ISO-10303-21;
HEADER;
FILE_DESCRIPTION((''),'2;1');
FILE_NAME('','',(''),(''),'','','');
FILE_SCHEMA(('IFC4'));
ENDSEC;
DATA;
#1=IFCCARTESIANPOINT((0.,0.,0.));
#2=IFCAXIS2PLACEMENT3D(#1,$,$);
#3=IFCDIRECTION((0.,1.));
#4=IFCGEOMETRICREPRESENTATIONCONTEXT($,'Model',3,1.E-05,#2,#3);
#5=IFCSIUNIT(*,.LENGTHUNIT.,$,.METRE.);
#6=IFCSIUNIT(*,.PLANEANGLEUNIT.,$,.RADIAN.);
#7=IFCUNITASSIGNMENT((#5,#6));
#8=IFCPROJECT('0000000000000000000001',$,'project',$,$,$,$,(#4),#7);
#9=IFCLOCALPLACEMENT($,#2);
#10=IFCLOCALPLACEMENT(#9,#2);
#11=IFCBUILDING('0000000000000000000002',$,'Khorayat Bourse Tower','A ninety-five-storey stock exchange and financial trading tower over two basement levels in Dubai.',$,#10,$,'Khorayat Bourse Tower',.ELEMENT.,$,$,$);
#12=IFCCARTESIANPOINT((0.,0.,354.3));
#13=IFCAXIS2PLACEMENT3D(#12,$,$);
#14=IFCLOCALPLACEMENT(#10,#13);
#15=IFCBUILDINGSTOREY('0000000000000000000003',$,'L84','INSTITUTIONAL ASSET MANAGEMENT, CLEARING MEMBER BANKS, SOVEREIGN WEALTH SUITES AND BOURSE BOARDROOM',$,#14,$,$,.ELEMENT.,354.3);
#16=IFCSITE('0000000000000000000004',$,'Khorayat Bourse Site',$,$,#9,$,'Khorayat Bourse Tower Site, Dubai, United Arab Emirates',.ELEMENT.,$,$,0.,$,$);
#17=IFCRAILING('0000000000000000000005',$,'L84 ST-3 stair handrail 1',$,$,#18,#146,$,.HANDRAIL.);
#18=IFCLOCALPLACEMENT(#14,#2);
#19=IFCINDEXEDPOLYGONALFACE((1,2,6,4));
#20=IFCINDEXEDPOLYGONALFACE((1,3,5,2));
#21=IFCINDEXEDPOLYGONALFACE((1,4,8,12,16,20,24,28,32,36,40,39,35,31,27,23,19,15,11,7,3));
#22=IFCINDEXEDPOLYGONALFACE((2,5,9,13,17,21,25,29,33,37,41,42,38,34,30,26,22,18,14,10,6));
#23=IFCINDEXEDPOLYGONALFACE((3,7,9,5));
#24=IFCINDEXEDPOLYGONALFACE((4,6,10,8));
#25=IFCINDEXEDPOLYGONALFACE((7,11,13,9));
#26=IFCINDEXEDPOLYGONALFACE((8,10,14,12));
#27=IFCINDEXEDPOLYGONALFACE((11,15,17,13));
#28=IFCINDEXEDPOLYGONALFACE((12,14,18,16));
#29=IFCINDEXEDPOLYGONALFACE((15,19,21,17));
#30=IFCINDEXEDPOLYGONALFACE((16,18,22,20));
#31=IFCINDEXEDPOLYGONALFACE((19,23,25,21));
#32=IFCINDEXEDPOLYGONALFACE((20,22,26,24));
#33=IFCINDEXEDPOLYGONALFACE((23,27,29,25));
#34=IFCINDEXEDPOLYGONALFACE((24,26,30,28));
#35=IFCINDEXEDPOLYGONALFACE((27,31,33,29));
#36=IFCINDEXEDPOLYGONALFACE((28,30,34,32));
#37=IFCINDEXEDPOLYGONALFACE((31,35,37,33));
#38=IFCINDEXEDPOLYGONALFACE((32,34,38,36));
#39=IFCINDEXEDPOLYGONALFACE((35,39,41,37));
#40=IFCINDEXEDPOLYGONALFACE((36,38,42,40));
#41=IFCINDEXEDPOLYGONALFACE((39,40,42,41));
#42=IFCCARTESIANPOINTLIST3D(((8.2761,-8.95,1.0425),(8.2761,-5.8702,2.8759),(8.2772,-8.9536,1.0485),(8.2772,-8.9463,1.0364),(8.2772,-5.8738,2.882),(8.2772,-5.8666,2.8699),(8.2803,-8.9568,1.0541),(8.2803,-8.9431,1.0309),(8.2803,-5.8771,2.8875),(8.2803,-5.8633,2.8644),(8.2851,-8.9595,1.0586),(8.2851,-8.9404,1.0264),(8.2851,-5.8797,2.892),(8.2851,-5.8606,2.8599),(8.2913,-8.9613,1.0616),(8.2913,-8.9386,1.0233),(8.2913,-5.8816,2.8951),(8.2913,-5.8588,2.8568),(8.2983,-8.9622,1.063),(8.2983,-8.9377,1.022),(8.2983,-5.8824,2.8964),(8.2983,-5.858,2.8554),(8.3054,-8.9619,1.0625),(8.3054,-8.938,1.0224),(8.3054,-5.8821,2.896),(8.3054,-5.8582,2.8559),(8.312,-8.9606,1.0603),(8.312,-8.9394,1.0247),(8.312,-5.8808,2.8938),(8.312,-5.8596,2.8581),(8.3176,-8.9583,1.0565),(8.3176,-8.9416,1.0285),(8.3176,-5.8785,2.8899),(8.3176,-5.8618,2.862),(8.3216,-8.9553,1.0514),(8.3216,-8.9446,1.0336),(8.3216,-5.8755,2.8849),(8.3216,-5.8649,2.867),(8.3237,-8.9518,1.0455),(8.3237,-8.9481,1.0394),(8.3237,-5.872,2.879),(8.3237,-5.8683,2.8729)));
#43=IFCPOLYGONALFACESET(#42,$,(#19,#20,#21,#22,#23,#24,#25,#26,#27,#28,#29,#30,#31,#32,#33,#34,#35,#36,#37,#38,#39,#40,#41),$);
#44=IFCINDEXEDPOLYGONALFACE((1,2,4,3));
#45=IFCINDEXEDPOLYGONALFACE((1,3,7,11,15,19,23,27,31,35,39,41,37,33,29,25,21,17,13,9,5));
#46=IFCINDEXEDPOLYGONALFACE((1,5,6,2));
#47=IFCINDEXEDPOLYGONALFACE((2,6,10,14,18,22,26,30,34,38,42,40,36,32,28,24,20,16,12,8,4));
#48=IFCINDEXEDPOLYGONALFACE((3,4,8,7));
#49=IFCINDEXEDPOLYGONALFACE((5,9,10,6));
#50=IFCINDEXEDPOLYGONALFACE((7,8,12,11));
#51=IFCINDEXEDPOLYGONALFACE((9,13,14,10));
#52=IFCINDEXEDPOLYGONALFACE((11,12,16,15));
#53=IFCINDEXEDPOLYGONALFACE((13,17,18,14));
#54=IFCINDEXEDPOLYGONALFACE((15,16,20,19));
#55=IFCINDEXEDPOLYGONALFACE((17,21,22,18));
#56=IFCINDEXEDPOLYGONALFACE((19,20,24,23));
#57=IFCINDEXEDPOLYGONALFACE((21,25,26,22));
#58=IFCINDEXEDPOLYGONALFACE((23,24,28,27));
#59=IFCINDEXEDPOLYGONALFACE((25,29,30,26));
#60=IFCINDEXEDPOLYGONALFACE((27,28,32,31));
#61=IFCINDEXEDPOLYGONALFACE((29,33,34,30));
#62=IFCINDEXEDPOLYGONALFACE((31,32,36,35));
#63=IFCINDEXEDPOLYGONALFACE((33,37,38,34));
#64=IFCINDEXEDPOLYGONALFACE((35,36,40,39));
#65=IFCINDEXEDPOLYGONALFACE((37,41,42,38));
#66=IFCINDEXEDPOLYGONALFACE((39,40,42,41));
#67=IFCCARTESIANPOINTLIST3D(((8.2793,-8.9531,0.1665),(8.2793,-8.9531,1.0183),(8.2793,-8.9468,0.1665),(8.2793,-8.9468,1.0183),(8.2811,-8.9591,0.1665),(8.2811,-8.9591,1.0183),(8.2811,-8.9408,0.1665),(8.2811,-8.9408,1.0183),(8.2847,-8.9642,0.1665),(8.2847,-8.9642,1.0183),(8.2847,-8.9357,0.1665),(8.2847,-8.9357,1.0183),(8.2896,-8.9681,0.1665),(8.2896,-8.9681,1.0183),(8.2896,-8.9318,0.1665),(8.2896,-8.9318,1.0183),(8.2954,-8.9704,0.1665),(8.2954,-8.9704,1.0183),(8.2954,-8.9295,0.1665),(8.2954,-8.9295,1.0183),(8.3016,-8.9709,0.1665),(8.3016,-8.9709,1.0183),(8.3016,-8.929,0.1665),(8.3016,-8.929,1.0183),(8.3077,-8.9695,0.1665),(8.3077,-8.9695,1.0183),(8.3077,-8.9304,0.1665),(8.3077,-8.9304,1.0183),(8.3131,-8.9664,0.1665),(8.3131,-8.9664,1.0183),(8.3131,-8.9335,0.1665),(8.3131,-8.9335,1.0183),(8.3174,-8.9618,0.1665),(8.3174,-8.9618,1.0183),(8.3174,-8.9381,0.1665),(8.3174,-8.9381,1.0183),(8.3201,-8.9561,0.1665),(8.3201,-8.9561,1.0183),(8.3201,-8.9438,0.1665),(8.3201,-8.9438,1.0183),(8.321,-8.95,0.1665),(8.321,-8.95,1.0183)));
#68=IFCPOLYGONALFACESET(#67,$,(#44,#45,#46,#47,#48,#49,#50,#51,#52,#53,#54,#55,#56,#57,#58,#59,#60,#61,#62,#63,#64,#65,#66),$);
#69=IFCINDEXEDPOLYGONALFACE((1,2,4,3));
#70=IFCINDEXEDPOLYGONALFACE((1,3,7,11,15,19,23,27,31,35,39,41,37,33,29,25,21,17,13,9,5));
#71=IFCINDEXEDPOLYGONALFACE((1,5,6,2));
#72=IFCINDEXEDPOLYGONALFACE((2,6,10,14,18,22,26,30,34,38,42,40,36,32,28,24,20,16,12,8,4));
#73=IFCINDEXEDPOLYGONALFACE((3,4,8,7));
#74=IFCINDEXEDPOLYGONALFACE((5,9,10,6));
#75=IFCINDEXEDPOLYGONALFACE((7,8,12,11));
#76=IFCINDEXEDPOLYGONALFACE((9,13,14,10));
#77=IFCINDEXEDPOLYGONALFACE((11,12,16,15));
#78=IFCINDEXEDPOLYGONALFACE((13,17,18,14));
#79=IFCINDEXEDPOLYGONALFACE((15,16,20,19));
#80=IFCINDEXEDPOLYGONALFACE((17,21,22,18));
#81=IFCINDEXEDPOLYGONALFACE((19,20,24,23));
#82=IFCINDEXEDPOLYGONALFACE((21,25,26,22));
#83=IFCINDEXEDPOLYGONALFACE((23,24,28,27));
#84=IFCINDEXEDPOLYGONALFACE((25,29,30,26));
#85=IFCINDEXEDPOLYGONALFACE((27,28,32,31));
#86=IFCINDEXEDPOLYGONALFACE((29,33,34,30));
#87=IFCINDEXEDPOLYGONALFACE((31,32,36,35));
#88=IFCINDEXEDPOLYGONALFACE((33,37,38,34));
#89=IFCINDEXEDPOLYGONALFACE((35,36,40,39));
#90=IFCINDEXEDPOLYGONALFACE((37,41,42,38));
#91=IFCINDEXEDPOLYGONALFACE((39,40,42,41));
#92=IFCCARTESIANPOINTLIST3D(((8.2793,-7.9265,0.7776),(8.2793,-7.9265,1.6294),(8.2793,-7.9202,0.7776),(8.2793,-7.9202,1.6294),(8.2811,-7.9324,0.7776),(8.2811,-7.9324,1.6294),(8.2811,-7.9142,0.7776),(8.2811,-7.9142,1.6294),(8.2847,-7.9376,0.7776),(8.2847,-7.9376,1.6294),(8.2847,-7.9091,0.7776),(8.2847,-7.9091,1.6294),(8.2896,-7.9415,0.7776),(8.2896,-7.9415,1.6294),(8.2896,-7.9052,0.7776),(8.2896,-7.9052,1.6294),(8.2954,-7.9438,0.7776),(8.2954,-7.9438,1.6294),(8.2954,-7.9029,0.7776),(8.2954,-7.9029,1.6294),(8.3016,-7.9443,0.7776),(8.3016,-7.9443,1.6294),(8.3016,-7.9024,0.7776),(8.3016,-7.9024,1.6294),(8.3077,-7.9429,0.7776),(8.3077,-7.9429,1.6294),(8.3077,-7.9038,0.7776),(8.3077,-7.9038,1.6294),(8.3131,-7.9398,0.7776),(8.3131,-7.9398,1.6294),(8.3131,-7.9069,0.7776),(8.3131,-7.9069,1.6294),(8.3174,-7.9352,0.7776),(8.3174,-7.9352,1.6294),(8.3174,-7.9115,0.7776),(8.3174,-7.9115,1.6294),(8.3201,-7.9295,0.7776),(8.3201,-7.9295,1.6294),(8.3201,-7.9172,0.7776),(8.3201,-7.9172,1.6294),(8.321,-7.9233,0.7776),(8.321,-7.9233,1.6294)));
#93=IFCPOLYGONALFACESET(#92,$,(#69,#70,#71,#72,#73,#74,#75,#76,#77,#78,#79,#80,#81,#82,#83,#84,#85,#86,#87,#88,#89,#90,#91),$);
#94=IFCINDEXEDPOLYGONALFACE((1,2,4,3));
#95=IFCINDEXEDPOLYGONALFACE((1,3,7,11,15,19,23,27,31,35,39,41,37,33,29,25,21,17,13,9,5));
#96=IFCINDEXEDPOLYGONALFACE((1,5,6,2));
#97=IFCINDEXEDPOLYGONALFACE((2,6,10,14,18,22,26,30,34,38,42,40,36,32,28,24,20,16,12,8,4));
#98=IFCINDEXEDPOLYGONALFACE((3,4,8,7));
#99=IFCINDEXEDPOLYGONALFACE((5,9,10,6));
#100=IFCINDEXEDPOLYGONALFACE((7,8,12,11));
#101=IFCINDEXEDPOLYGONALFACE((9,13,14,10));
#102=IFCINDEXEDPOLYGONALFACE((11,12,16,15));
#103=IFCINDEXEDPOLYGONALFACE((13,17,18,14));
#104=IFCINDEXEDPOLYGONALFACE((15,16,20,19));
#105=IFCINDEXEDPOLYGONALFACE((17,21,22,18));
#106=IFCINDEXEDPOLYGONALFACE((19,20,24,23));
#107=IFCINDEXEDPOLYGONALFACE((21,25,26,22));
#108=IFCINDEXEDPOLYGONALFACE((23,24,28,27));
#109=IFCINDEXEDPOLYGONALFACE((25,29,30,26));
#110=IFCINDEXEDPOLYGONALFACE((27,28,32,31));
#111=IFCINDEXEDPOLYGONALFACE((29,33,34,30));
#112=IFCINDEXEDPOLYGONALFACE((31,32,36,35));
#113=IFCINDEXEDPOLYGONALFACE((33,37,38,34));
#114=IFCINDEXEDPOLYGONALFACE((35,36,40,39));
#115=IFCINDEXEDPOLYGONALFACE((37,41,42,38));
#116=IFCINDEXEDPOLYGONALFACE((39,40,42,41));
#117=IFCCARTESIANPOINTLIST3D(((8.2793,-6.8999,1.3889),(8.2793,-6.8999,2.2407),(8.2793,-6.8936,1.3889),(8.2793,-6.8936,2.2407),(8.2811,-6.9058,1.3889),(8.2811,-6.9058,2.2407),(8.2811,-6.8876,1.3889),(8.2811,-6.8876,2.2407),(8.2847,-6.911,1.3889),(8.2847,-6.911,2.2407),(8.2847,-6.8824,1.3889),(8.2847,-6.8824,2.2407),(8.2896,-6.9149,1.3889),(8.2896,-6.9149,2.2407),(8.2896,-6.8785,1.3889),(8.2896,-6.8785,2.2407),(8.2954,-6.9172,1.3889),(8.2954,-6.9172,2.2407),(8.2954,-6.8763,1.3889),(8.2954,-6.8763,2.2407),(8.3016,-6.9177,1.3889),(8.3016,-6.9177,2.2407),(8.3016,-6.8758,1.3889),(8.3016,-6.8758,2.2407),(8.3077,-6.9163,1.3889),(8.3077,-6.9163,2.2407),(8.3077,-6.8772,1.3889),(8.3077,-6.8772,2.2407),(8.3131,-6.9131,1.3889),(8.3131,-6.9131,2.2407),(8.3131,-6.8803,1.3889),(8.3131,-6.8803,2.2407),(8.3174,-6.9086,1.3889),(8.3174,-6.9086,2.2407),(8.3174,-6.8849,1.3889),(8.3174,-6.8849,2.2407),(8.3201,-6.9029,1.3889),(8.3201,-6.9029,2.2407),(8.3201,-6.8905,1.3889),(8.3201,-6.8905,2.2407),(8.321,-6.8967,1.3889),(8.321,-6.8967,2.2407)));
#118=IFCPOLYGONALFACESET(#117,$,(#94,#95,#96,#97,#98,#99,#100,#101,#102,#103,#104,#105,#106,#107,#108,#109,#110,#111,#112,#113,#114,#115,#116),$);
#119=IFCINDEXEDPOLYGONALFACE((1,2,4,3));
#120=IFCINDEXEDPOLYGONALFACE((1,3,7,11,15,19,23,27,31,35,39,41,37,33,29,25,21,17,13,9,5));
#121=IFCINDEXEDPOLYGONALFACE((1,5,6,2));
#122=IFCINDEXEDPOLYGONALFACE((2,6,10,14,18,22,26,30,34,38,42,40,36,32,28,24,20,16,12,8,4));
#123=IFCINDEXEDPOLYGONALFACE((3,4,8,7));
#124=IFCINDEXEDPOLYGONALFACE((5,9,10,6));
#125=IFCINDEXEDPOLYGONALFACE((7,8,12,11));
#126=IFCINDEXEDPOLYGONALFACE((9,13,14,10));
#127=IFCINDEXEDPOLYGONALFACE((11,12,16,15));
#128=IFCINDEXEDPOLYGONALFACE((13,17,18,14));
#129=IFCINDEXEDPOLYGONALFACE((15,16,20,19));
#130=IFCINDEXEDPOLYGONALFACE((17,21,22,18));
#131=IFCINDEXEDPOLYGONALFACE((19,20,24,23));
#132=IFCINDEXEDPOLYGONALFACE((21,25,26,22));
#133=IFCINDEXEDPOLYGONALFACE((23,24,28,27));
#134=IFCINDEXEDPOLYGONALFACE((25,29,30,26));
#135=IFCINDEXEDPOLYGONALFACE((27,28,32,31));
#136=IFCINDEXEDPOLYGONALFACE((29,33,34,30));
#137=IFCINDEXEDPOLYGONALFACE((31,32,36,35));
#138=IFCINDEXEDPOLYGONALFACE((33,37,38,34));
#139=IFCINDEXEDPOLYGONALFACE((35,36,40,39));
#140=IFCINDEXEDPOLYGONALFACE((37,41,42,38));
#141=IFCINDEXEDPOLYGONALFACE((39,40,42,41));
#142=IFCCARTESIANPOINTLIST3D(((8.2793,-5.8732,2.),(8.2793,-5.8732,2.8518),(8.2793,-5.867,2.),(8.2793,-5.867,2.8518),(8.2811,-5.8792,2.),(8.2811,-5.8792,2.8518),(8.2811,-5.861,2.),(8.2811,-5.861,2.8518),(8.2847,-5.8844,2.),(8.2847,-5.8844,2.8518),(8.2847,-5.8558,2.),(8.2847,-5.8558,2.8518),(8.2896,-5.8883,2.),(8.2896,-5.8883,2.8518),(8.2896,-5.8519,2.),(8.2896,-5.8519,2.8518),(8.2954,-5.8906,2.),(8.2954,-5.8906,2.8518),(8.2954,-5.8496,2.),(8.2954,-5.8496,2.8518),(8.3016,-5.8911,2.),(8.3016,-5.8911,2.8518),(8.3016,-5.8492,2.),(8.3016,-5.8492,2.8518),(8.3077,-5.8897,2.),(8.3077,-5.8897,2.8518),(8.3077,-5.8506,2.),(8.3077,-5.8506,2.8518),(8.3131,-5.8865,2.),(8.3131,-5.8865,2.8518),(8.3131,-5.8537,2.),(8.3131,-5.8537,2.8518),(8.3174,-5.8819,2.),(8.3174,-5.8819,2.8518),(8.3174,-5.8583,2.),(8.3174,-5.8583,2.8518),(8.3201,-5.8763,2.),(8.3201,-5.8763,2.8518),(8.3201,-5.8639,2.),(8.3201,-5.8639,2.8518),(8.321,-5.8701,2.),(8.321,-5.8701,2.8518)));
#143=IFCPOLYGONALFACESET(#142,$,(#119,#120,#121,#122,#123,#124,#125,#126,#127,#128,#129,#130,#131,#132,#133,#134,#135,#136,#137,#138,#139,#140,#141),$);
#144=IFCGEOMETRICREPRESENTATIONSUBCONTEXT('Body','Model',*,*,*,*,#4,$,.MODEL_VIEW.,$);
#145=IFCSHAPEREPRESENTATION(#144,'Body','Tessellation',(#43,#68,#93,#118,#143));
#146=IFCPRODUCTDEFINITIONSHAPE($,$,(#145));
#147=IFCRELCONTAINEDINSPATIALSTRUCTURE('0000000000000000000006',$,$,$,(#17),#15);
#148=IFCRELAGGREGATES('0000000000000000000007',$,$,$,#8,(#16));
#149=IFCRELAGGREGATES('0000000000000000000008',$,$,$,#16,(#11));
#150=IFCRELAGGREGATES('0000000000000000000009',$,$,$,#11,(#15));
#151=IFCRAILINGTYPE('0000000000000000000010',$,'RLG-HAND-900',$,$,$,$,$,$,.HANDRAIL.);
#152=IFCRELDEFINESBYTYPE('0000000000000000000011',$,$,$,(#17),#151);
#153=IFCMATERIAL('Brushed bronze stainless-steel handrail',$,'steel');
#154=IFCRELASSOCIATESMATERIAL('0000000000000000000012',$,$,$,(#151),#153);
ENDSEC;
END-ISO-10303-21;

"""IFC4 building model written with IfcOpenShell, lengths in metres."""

from ifc_helpers import new_model, si_unit, direction, frame, origin, origin_2d, place, context, subcontext, project, spatial, circle, extrude, source, transform, mapped, material, type_object, element, save


model = new_model("IFC4")

# Units and contexts
model_context = context("Model", 3, precision=1e-05, world=origin(), true_north=direction((0.0, 1.0)))
body_context = subcontext(model_context, "Body", "Model", "MODEL_VIEW")
ifc_project = project(units=[si_unit("LENGTHUNIT", "METRE"), si_unit("PLANEANGLEUNIT", "RADIAN")], contexts=[model_context])

# Site, building, storey
site_placement = place(None, origin())
site = spatial("IfcSite", under=ifc_project, at=site_placement, Name="Khorayat Bourse Site", LongName="Khorayat Bourse Tower Site, Dubai, United Arab Emirates", CompositionType="ELEMENT", RefElevation=0.0)
building_placement = place(site_placement, origin())
building = spatial("IfcBuilding", under=site, at=building_placement, Name="Khorayat Bourse Tower", Description="A ninety-five-storey stock exchange and financial trading tower over two basement levels in Dubai.", LongName="Khorayat Bourse Tower", CompositionType="ELEMENT")
storey_placement = place(building_placement, frame((0.0, 0.0, 354.3)))
storey = spatial("IfcBuildingStorey", under=building, at=storey_placement, Name="L84", Description="INSTITUTIONAL ASSET MANAGEMENT, CLEARING MEMBER BANKS, SOVEREIGN WEALTH SUITES AND BOURSE BOARDROOM", CompositionType="ELEMENT", Elevation=354.3)

# Railing
ifc_material_1 = material(Name="Brushed bronze stainless-steel handrail", Category="steel")
railing_type_1 = type_object("IfcRailingType", Name="RLG-HAND-900", PredefinedType="HANDRAIL", material=ifc_material_1)
shared_shape_1 = source(origin(), body_context, "Body", "SweptSolid", [
    extrude(circle(Radius=0.0239, at=origin_2d()), frame((0.0, 0.0, 0.876), z_axis=(0.0, 0.859261, 0.511538), x_axis=(-1.0, 0.0, 0.0)), (0.0, 0.0, 1.0), 3.5842),
    extrude(circle(Radius=0.021, at=origin_2d()), origin(), (0.0, 0.0, 1.0), 0.8518),
    extrude(circle(Radius=0.021, at=origin_2d()), frame((0.0, 1.0266, 0.6111)), (0.0, 0.0, 1.0), 0.8518),
    extrude(circle(Radius=0.021, at=origin_2d()), frame((0.0, 2.0532, 1.2224)), (0.0, 0.0, 1.0), 0.8518),
    extrude(circle(Radius=0.021, at=origin_2d()), frame((0.0, 3.0798, 1.8335)), (0.0, 0.0, 1.0), 0.8518),
])
railing_1_placement = place(storey_placement, frame((8.3, -8.95, 0.1665)))
element("IfcRailing", 1, at=railing_1_placement, inside=storey, type_object=railing_type_1, Name="L84 ST-3 stair handrail 1", PredefinedType="HANDRAIL", context=body_context, shape_type="MappedRepresentation", body=[
    mapped(shared_shape_1, transform((0.0, 0.0, 0.0), scale=1.0)),
])

save(model, "model.ifc")
